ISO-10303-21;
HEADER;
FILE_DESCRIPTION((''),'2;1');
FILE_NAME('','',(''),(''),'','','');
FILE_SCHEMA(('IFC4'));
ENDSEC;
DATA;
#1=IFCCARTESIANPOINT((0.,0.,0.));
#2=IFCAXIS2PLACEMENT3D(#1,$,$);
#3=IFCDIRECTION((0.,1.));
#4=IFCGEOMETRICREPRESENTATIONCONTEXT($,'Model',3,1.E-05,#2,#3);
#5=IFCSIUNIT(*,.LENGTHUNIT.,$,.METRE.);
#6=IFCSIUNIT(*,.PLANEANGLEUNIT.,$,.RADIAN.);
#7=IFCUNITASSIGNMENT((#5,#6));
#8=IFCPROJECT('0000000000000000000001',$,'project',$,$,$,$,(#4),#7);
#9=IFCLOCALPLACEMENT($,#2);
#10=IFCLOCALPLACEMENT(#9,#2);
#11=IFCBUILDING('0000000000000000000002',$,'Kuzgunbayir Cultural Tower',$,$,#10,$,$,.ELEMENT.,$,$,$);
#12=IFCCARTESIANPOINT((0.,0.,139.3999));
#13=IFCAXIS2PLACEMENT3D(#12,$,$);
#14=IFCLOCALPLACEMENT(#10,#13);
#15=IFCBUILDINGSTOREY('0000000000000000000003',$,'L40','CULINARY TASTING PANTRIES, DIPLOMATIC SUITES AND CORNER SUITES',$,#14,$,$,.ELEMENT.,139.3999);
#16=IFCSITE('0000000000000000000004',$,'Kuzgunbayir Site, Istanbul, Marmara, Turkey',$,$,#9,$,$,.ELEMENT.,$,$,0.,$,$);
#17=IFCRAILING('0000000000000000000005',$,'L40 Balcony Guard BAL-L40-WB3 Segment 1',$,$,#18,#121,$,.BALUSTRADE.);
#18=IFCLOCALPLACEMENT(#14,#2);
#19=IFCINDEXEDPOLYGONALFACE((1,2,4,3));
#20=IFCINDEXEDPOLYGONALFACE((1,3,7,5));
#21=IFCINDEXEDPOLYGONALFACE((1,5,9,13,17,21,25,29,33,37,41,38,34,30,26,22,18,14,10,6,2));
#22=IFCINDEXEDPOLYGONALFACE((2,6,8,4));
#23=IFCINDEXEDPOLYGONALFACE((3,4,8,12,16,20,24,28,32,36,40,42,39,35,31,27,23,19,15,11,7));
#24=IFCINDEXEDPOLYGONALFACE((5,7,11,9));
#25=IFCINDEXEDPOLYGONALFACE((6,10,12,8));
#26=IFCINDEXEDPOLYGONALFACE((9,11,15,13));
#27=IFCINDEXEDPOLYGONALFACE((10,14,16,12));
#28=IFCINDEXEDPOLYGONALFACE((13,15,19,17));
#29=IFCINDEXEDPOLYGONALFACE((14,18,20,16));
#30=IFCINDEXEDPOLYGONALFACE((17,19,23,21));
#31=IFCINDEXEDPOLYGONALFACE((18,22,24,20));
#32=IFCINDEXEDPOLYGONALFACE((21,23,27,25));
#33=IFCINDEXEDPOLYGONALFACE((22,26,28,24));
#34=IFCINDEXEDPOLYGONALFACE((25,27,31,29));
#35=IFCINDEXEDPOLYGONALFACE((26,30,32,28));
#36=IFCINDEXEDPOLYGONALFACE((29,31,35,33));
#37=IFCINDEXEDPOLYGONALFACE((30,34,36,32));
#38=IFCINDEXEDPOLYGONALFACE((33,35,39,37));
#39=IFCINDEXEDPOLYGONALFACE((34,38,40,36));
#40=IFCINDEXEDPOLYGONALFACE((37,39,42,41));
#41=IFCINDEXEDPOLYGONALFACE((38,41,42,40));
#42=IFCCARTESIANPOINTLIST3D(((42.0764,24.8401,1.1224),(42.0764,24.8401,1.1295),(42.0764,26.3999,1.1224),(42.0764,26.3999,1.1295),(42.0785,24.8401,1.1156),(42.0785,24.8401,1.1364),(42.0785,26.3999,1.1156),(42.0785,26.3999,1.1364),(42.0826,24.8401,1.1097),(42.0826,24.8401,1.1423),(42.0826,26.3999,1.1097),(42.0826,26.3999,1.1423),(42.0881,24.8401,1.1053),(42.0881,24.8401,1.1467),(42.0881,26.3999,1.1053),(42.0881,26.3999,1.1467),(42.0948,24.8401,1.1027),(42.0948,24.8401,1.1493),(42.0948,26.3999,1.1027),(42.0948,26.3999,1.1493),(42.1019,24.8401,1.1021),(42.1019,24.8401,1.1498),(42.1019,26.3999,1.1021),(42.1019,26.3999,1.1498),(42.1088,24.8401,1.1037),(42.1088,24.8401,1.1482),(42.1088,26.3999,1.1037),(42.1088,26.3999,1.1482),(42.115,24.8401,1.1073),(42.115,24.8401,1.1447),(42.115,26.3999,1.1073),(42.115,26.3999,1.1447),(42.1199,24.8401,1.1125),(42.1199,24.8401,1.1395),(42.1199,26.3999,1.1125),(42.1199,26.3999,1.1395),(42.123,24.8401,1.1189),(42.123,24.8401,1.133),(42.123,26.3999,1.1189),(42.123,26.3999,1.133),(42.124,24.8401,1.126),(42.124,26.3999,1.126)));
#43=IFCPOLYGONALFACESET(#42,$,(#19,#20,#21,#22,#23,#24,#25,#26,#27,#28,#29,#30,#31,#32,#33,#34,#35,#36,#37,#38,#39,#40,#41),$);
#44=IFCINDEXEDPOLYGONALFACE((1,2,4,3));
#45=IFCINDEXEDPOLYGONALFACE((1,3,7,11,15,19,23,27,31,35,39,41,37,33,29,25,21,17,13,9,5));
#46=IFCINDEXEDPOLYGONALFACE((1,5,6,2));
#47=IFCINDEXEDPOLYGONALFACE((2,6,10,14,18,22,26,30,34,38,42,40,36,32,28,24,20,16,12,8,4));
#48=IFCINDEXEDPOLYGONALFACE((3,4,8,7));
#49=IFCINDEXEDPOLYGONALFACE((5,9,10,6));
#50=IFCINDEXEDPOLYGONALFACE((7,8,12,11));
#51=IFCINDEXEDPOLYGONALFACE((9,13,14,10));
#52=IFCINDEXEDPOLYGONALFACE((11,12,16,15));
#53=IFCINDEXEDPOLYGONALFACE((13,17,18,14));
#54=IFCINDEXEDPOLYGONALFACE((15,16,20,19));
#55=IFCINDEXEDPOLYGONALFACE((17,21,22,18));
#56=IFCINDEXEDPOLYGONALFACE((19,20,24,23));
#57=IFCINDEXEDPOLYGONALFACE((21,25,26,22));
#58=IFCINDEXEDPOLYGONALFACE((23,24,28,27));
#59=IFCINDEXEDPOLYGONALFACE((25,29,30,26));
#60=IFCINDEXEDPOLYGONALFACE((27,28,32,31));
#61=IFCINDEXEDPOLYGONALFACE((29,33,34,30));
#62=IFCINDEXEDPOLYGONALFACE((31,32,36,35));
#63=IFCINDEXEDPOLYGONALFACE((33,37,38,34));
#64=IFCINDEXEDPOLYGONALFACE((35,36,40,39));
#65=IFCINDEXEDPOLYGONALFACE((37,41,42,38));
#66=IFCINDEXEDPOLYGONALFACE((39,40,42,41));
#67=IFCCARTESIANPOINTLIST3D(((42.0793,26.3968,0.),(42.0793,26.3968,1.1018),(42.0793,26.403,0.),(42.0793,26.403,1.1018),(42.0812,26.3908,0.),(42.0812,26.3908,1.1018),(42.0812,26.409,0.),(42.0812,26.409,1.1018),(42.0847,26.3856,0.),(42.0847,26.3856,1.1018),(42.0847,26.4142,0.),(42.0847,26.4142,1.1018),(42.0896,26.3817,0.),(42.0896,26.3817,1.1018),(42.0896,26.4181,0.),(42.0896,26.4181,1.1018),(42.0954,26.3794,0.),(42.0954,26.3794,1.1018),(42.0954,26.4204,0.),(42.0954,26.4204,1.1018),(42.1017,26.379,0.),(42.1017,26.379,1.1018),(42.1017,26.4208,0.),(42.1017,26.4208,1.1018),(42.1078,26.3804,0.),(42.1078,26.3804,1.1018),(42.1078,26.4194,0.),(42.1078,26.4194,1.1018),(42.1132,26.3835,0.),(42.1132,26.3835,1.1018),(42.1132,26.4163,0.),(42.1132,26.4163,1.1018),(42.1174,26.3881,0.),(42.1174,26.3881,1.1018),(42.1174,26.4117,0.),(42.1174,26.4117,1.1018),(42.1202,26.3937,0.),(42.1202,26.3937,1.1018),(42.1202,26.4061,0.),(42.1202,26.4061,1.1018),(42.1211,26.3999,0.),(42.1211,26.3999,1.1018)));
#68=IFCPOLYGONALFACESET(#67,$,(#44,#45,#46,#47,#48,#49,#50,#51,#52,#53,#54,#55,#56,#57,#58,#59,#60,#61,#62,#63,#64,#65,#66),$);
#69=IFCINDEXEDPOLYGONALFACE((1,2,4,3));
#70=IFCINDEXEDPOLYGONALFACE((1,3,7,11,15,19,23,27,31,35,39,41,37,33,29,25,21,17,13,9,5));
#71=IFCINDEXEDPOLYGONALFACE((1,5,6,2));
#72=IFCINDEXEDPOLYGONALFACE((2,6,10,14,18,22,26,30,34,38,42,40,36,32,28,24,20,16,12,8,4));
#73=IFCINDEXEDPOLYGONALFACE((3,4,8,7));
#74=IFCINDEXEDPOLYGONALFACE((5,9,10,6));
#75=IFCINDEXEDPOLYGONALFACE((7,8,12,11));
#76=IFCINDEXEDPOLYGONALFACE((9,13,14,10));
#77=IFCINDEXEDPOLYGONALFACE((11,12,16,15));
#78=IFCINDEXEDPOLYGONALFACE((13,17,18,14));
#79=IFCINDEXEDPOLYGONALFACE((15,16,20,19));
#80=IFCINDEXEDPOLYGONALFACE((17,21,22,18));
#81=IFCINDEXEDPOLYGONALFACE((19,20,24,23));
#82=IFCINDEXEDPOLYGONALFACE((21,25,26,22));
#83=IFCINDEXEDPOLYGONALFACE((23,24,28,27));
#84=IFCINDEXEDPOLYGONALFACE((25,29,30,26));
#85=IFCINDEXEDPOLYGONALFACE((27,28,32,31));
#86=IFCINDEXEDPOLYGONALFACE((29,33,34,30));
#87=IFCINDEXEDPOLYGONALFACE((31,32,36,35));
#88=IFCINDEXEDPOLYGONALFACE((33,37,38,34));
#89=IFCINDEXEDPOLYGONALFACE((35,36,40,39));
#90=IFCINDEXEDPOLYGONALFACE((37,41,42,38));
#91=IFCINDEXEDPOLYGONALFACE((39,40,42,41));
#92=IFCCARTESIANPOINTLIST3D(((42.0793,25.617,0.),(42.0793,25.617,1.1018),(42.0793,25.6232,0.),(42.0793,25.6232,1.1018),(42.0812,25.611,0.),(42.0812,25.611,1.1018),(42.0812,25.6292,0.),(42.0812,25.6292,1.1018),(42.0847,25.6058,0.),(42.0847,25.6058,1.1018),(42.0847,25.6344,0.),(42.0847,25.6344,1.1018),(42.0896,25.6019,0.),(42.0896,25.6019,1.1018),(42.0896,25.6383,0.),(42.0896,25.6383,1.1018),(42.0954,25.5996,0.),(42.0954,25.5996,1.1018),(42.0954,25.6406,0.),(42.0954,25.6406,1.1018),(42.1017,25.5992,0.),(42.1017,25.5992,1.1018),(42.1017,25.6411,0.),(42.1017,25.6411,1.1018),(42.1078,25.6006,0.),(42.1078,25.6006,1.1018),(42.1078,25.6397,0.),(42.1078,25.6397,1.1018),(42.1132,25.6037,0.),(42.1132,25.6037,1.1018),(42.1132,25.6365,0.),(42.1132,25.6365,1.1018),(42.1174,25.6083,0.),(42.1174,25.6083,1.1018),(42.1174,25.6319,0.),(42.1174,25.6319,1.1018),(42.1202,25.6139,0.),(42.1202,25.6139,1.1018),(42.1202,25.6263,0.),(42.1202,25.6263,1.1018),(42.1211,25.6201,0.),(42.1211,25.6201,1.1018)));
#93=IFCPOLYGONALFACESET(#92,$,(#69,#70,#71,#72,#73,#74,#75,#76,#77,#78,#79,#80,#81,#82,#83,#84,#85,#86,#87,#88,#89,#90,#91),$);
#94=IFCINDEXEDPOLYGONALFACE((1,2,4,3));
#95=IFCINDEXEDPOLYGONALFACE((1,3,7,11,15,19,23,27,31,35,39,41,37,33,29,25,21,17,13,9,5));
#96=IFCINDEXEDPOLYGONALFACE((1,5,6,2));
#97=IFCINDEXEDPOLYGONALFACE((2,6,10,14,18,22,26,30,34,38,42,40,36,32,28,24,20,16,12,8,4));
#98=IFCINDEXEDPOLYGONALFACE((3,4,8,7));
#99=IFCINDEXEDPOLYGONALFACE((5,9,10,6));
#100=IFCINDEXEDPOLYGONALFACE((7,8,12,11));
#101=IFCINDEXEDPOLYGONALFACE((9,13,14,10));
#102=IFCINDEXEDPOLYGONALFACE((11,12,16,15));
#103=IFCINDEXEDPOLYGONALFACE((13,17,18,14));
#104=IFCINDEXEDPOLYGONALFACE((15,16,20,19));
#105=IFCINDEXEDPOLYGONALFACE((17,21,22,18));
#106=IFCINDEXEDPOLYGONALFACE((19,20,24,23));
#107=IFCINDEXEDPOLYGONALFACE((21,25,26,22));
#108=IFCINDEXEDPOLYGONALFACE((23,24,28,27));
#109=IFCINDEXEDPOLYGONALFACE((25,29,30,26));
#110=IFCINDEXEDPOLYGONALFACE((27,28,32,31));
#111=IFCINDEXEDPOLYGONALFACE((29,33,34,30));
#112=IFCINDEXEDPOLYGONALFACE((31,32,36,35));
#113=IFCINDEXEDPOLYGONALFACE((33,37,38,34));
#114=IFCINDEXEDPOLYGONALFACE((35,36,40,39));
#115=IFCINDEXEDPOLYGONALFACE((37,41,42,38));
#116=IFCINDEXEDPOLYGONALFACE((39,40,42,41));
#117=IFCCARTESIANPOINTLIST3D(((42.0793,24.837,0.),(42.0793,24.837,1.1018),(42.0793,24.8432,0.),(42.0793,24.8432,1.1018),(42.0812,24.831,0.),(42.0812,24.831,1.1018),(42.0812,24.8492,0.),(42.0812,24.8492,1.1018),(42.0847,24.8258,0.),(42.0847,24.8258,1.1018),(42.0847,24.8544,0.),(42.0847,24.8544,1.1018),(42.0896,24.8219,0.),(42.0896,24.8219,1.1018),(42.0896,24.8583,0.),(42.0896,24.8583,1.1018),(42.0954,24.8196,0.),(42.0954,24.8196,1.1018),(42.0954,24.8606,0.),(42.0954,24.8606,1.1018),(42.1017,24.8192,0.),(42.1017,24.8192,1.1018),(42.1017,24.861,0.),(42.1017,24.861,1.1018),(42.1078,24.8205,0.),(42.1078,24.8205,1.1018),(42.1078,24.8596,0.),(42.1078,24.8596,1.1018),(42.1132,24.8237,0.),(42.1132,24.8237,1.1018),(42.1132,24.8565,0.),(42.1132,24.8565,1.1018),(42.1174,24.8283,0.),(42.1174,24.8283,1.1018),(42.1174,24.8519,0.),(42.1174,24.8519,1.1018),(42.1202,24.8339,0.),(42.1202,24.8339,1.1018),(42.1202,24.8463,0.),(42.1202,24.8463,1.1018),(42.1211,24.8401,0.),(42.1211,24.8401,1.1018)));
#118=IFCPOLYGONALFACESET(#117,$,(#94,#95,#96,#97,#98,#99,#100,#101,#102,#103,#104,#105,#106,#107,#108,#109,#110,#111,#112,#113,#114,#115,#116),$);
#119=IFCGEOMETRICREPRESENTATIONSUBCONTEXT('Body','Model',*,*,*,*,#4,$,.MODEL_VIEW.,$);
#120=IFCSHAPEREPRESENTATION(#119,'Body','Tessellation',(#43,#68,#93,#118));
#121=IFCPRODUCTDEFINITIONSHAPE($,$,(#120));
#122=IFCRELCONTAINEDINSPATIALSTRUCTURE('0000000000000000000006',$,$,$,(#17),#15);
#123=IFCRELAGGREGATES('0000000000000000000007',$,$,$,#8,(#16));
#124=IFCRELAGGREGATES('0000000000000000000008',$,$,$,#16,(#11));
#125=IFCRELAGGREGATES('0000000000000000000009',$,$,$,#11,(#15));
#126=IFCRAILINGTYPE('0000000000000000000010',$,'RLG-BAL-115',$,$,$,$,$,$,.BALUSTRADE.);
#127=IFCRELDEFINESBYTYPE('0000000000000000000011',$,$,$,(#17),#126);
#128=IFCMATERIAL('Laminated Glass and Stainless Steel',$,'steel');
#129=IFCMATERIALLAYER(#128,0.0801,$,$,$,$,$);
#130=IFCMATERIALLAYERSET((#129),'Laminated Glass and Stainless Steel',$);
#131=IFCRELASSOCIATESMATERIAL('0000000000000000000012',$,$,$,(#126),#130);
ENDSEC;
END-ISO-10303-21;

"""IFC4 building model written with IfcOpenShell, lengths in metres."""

from ifc_helpers import new_model, si_unit, direction, frame, origin, origin_2d, place, context, subcontext, project, spatial, circle, extrude, material, layer, layer_set, type_object, element, save


model = new_model("IFC4")

# Units and contexts
model_context = context("Model", 3, precision=1e-05, world=origin(), true_north=direction((0.0, 1.0)))
body_context = subcontext(model_context, "Body", "Model", "MODEL_VIEW")
ifc_project = project(units=[si_unit("LENGTHUNIT", "METRE"), si_unit("PLANEANGLEUNIT", "RADIAN")], contexts=[model_context])

# Site, building, storey
site_placement = place(None, origin())
site = spatial("IfcSite", under=ifc_project, at=site_placement, Name="Kuzgunbayir Site, Istanbul, Marmara, Turkey", CompositionType="ELEMENT", RefElevation=0.0)
building_placement = place(site_placement, origin())
building = spatial("IfcBuilding", under=site, at=building_placement, Name="Kuzgunbayir Cultural Tower", CompositionType="ELEMENT")
storey_placement = place(building_placement, frame((0.0, 0.0, 139.3999)))
storey = spatial("IfcBuildingStorey", under=building, at=storey_placement, Name="L40", Description="CULINARY TASTING PANTRIES, DIPLOMATIC SUITES AND CORNER SUITES", CompositionType="ELEMENT", Elevation=139.3999)

# Railing
ifc_material_1 = material(Name="Laminated Glass and Stainless Steel", Category="steel")
ifc_layer_1 = layer(ifc_material_1, 0.0801)
ifc_layer_set_1 = layer_set([ifc_layer_1], Name="Laminated Glass and Stainless Steel")
railing_type = type_object("IfcRailingType", Name="RLG-BAL-115", PredefinedType="BALUSTRADE", material=ifc_layer_set_1)
railing_1_placement = place(storey_placement, frame((42.1001, 26.3999, 0.0)))
element("IfcRailing", 1, at=railing_1_placement, inside=storey, type_object=railing_type, Name="L40 Balcony Guard BAL-L40-WB3 Segment 1", PredefinedType="BALUSTRADE", context=body_context, shape_type="SweptSolid", body=[
    extrude(circle(Radius=0.0239, at=origin_2d()), frame((0.0, 0.0, 1.126), z_axis=(0.0, -1.0, 0.0), x_axis=(1.0, 0.0, 0.0)), (0.0, 0.0, 1.0), 1.5598),
    extrude(circle(Radius=0.021, at=origin_2d()), origin(), (0.0, 0.0, 1.0), 1.1018),
    extrude(circle(Radius=0.021, at=origin_2d()), frame((0.0, -0.7798, 0.0)), (0.0, 0.0, 1.0), 1.1018),
    extrude(circle(Radius=0.021, at=origin_2d()), frame((0.0, -1.5598, 0.0)), (0.0, 0.0, 1.0), 1.1018),
])

save(model, "model.ifc")
